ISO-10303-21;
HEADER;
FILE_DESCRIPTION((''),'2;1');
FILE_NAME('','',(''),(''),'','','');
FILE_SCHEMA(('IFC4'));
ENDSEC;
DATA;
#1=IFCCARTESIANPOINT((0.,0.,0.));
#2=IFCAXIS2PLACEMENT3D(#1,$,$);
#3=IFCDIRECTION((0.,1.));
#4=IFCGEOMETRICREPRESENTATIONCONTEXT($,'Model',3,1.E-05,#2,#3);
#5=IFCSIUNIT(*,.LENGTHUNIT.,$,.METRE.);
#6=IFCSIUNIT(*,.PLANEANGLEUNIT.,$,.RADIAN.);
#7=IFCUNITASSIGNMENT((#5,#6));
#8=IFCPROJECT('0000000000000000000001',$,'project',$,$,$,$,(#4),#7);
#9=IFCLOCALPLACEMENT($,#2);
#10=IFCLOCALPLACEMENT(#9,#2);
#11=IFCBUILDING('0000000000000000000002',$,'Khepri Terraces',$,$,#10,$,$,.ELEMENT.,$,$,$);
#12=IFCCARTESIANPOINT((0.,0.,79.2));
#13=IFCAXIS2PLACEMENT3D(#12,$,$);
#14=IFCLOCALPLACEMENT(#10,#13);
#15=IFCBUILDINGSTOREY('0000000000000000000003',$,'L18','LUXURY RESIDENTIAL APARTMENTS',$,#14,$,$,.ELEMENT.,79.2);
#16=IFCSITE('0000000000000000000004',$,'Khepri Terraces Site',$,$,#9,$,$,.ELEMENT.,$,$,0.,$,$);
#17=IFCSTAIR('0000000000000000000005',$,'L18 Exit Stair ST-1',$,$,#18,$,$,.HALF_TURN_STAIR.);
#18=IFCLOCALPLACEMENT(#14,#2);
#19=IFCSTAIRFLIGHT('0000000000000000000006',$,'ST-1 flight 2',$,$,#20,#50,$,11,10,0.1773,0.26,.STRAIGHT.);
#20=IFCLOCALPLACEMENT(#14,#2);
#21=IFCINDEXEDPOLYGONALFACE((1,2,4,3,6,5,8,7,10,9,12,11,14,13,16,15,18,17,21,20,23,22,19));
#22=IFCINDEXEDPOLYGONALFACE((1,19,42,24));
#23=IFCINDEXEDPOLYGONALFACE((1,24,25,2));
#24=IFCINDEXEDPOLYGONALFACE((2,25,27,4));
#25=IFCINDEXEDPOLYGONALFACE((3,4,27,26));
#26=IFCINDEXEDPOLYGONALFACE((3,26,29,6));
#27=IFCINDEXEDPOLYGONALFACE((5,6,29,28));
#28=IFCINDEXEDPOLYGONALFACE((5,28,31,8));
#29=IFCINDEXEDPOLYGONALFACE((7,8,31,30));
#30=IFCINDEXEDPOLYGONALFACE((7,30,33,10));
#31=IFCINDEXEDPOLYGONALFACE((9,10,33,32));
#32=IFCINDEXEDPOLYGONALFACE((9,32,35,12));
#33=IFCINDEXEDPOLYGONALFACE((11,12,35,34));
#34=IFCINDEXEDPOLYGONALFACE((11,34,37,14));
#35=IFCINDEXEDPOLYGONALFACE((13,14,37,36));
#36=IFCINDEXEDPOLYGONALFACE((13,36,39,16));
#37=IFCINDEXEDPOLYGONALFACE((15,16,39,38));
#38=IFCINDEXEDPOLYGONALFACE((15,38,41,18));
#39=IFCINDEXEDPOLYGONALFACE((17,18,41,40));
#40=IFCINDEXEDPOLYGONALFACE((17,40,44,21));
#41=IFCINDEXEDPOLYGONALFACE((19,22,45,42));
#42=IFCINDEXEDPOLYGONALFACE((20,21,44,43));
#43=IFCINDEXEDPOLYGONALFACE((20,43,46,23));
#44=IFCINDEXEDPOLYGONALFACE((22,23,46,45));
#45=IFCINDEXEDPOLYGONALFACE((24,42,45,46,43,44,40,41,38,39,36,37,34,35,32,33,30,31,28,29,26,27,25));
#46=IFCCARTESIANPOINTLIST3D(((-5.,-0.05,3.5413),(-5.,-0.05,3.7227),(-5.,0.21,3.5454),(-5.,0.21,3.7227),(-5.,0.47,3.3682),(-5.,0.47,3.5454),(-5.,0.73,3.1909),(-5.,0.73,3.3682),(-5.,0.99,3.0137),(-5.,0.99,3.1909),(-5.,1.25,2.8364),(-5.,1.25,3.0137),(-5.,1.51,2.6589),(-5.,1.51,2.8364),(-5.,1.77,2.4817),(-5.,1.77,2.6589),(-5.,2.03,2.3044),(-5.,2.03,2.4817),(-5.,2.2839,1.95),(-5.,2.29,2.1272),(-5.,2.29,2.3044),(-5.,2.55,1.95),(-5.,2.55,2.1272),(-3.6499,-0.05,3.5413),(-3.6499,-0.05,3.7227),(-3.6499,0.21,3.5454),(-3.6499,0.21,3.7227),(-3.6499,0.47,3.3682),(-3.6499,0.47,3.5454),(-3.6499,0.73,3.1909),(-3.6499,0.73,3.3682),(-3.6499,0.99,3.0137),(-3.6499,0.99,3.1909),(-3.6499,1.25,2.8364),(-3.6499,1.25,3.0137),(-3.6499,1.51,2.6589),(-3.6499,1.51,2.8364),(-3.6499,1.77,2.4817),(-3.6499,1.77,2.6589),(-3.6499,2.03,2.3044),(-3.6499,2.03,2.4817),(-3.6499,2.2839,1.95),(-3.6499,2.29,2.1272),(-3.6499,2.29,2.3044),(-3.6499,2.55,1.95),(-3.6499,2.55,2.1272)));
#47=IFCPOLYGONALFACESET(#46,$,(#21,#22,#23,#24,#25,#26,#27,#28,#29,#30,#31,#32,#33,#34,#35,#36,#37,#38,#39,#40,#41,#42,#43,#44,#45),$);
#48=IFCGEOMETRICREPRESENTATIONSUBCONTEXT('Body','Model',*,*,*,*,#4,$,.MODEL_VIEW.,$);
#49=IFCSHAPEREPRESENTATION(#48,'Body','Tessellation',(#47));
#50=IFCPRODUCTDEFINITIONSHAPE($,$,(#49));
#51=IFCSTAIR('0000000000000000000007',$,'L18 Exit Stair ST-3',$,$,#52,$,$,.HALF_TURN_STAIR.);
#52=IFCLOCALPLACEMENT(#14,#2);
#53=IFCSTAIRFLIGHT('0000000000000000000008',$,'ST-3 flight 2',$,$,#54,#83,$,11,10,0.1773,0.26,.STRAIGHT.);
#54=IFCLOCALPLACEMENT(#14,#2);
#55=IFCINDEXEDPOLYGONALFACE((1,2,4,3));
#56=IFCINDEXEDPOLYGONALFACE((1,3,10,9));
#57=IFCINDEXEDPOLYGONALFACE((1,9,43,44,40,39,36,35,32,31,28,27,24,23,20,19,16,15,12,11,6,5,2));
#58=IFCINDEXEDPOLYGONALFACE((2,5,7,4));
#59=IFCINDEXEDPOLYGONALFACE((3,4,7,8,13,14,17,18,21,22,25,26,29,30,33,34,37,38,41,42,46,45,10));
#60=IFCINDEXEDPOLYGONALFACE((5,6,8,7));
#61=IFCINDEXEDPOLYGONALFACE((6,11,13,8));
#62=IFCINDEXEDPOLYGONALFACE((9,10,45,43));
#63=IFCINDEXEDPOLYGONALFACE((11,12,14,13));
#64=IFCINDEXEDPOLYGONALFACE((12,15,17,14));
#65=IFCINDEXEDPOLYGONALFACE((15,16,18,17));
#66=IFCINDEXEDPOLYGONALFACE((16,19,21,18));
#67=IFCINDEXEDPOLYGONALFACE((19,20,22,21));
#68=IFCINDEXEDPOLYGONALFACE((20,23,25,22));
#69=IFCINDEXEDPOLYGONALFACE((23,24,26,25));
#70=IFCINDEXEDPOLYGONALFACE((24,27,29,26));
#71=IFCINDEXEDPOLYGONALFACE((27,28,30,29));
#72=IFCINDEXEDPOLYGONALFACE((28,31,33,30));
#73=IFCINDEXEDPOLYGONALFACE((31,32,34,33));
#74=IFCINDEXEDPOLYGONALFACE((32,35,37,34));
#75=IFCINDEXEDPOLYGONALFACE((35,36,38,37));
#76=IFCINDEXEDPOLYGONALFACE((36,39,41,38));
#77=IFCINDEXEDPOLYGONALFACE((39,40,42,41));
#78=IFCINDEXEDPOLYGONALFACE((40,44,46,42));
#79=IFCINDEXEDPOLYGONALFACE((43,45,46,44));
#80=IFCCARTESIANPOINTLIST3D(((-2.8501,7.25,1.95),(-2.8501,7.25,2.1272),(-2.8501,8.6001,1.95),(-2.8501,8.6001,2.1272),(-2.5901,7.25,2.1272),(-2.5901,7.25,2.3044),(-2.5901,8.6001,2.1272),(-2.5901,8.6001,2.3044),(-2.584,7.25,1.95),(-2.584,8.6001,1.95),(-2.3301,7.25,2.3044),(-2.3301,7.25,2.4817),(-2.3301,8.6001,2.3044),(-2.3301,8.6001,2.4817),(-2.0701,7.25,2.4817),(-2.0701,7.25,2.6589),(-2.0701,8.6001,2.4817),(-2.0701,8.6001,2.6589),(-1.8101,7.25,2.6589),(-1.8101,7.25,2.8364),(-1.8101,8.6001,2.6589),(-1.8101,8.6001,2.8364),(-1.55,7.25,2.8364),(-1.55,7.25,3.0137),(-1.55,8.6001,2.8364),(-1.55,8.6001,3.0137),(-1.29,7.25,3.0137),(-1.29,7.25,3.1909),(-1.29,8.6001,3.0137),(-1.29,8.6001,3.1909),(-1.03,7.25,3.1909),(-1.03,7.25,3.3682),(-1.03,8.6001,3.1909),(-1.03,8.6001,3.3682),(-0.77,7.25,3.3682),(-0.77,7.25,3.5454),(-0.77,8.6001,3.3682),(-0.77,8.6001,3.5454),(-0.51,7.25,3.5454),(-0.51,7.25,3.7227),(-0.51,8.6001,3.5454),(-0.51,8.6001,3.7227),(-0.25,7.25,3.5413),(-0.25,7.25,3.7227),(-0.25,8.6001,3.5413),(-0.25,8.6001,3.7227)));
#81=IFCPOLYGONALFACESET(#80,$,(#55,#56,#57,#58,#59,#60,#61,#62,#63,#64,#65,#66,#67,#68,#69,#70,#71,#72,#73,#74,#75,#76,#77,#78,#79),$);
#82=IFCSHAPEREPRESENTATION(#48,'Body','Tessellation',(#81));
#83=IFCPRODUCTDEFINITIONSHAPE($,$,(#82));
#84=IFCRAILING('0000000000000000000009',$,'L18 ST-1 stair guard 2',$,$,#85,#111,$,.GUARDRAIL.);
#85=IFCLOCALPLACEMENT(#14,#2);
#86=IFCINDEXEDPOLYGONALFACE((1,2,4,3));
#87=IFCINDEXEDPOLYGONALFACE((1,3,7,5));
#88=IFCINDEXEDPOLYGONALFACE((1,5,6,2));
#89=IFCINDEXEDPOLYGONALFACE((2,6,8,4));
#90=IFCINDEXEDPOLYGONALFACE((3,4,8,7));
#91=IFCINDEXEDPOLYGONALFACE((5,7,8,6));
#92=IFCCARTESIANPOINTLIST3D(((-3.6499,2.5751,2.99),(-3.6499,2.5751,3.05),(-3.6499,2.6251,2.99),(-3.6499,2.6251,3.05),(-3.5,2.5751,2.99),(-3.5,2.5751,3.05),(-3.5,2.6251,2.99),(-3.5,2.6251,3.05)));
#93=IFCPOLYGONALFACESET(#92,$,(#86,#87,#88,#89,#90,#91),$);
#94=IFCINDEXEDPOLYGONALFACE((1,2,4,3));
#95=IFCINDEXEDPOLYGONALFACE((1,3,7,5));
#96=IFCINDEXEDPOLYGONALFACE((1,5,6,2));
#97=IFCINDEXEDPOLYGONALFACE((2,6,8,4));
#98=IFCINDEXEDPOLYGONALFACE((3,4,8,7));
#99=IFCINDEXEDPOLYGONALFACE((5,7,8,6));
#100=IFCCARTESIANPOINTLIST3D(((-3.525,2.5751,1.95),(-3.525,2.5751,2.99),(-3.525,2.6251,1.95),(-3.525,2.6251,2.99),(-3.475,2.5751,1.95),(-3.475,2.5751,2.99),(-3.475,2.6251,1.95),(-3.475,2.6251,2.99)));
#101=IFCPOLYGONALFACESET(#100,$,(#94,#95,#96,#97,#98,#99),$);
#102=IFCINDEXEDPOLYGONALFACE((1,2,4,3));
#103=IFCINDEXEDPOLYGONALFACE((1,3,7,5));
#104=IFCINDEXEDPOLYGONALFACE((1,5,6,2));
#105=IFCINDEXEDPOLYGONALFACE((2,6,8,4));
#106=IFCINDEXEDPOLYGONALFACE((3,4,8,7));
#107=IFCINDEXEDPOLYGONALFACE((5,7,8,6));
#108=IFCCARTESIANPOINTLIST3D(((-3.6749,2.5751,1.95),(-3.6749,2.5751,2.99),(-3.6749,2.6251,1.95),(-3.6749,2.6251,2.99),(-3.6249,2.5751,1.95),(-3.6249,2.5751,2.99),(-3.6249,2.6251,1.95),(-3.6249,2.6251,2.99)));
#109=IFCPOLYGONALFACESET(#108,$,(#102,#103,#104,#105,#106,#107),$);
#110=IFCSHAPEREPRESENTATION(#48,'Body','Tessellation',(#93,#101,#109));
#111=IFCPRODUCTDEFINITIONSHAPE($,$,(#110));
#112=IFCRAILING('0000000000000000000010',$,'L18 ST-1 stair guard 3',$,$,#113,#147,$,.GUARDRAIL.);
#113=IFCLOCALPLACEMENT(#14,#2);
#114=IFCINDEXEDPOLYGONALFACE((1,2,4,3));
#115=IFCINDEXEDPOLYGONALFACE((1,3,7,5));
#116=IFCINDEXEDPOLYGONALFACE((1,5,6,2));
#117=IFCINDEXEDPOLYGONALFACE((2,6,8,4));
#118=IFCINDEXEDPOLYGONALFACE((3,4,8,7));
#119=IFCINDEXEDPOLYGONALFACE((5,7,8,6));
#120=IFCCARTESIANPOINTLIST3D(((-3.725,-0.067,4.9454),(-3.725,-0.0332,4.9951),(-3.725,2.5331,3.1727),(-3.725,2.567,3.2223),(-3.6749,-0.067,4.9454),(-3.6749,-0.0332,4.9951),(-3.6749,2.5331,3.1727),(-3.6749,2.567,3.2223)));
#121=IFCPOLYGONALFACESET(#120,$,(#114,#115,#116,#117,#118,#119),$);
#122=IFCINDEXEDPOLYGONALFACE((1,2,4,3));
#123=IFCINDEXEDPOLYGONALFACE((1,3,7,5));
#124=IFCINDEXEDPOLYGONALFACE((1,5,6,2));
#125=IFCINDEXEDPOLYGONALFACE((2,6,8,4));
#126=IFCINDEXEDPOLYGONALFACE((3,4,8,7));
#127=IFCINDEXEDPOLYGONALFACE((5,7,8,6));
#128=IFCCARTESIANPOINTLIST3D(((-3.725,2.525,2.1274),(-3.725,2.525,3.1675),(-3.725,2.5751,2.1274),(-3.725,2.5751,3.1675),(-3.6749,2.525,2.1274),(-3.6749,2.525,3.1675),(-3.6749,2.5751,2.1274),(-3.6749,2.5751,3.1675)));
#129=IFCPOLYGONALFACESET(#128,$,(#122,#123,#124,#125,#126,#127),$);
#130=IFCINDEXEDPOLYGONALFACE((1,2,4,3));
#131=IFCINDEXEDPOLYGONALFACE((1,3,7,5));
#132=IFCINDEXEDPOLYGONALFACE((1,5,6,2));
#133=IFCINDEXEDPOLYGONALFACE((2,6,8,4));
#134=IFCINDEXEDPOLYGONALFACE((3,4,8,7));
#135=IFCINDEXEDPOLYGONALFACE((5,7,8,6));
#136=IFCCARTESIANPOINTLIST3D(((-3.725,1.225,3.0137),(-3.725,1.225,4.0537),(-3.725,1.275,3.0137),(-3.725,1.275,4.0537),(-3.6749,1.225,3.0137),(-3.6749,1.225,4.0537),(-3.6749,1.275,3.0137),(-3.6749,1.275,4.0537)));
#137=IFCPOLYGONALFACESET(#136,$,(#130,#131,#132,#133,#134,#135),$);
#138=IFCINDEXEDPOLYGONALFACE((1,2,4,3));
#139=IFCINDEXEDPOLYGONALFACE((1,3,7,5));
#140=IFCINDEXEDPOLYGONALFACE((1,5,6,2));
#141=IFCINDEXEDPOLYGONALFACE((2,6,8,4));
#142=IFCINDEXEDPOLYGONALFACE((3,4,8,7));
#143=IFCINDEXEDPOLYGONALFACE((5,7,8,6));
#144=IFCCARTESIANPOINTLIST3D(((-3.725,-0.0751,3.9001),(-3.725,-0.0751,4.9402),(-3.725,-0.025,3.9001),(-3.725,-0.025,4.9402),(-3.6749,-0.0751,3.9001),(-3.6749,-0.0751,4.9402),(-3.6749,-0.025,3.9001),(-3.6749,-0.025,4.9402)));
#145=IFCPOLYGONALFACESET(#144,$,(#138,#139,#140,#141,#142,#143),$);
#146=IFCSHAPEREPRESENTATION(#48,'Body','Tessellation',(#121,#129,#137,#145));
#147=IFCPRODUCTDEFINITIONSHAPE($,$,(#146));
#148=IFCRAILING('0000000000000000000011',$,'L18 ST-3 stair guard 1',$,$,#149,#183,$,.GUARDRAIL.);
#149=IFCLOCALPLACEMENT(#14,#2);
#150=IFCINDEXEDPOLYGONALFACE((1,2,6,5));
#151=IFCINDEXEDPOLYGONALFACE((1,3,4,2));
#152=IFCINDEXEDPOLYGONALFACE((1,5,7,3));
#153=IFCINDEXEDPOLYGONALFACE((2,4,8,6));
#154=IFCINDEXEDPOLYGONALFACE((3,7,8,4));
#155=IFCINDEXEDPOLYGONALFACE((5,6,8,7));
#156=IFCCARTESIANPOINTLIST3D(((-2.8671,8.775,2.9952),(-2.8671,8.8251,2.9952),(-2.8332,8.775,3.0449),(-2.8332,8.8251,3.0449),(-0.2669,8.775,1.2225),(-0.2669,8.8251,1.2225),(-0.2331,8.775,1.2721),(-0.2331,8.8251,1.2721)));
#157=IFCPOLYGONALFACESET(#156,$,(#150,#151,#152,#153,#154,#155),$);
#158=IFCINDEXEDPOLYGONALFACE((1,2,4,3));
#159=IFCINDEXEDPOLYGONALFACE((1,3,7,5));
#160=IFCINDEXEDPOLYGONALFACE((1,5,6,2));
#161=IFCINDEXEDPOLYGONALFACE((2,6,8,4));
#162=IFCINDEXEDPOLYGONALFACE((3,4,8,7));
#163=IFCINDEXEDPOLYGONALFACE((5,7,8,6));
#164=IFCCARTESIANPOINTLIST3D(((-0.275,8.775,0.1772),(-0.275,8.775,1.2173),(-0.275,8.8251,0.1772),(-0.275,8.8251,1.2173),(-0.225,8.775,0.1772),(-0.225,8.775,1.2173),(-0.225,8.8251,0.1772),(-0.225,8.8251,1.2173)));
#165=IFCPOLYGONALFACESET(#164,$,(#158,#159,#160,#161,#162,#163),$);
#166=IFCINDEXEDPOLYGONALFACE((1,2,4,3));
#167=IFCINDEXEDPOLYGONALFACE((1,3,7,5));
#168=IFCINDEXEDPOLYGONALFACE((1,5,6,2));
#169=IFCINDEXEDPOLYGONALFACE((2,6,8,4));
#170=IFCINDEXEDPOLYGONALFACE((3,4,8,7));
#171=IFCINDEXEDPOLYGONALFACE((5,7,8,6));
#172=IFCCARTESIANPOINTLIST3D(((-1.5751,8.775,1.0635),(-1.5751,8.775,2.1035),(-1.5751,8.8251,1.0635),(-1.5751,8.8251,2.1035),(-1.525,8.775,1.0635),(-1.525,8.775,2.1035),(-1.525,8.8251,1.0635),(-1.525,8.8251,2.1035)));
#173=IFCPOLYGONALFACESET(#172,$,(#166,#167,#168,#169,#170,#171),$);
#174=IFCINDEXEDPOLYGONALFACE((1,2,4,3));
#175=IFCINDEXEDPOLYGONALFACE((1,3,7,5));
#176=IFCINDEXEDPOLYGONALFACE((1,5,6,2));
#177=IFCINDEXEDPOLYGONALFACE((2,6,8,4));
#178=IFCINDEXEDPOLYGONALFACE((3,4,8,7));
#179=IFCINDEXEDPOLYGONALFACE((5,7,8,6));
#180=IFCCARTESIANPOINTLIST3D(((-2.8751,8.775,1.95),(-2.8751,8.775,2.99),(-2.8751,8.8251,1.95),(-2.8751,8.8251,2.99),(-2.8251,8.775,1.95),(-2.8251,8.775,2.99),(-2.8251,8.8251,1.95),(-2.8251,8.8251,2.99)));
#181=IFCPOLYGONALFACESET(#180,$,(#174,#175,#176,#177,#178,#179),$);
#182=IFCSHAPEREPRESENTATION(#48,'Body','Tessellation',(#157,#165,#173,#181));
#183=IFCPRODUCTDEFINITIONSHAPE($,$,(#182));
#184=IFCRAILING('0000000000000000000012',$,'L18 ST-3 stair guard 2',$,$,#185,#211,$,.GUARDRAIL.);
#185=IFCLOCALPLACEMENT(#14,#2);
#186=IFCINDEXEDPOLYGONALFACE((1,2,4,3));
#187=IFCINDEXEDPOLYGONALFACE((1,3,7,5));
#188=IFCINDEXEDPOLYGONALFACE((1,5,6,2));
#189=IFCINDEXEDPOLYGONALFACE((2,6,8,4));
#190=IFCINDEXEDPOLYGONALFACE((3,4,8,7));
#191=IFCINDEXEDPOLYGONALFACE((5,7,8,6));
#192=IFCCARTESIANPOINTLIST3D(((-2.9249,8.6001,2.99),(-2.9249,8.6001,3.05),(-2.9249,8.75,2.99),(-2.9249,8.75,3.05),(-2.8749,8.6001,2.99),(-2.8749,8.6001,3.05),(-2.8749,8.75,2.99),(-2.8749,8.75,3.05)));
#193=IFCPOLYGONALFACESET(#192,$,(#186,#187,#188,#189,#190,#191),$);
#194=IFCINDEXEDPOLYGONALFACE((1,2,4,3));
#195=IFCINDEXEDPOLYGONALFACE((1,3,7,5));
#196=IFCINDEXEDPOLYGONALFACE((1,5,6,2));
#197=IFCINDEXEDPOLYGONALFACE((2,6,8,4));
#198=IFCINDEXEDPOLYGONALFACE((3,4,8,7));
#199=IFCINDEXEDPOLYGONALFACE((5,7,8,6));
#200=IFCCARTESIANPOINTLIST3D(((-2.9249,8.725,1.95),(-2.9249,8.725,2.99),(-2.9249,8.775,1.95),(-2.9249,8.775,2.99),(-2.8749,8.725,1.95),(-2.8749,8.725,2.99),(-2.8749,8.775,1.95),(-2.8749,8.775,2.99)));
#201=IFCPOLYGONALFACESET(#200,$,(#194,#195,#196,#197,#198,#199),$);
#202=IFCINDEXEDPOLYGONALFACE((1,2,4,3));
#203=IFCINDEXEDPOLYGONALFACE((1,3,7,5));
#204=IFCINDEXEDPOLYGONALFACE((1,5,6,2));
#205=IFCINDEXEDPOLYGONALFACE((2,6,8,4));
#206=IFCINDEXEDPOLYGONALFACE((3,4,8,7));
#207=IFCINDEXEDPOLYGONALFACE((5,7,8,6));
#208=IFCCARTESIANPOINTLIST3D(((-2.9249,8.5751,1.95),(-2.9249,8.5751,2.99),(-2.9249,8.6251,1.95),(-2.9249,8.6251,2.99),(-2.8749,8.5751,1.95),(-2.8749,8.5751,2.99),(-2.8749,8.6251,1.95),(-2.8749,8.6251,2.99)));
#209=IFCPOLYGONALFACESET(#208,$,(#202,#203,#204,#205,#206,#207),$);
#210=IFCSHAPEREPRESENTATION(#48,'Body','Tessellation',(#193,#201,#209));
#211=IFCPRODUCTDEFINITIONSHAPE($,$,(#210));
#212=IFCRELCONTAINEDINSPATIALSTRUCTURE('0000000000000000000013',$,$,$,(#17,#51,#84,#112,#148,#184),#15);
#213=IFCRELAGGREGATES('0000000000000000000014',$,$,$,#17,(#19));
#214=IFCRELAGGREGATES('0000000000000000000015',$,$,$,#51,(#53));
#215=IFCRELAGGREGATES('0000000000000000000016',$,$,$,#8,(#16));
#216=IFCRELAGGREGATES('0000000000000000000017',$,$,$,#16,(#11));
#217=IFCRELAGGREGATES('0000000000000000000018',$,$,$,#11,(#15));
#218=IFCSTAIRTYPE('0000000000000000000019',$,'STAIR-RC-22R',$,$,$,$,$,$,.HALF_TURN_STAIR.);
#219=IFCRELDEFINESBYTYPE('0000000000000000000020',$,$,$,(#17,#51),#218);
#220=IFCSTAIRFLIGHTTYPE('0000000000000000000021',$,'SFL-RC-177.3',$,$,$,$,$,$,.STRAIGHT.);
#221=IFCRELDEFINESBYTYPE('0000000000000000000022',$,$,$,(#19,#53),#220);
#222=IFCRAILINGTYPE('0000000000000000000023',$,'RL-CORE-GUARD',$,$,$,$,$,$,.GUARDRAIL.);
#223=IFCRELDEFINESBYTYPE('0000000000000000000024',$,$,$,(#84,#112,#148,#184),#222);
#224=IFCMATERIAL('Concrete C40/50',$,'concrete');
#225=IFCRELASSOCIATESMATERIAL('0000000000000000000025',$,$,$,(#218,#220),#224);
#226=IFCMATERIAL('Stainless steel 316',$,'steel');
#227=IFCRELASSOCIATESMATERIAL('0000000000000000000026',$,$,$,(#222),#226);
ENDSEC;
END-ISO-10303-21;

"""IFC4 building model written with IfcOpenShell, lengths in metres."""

from ifc_helpers import new_model, si_unit, direction, frame, origin, origin_2d, place, context, subcontext, project, spatial, polyline, rectangle, outline, extrude, material, type_object, element, aggregate, save


model = new_model("IFC4")

# Units and contexts
model_context = context("Model", 3, precision=1e-05, world=origin(), true_north=direction((0.0, 1.0)))
body_context = subcontext(model_context, "Body", "Model", "MODEL_VIEW")
ifc_project = project(units=[si_unit("LENGTHUNIT", "METRE"), si_unit("PLANEANGLEUNIT", "RADIAN")], contexts=[model_context])

# Site, building, storey
site_placement = place(None, origin())
site = spatial("IfcSite", under=ifc_project, at=site_placement, Name="Khepri Terraces Site", CompositionType="ELEMENT", RefElevation=0.0)
building_placement = place(site_placement, origin())
building = spatial("IfcBuilding", under=site, at=building_placement, Name="Khepri Terraces", CompositionType="ELEMENT")
storey_placement = place(building_placement, frame((0.0, 0.0, 79.2)))
storey = spatial("IfcBuildingStorey", under=building, at=storey_placement, Name="L18", Description="LUXURY RESIDENTIAL APARTMENTS", CompositionType="ELEMENT", Elevation=79.2)

# Stairs, stair flights
ifc_material_1 = material(Name="Concrete C40/50", Category="concrete")
stair_type = type_object("IfcStairType", Name="STAIR-RC-22R", PredefinedType="HALF_TURN_STAIR", material=ifc_material_1)
stair_1_placement = place(storey_placement, origin())
stair_1 = element("IfcStair", 1, at=stair_1_placement, inside=storey, type_object=stair_type, Name="L18 Exit Stair ST-1", PredefinedType="HALF_TURN_STAIR")
stair_flight_type = type_object("IfcStairFlightType", Name="SFL-RC-177.3", PredefinedType="STRAIGHT", material=ifc_material_1)
stair_flight_1_placement = place(storey_placement, frame((-4.325, 2.55, 1.95), z_axis=(0.0, 0.0, 1.0), x_axis=(0.0, -1.0, 0.0)))
stair_flight_1 = element("IfcStairFlight", 2, at=stair_flight_1_placement, type_object=stair_flight_type, Name="ST-1 flight 2", NumberOfRisers=11, NumberOfTreads=10, PredefinedType="STRAIGHT", RiserHeight=0.1773, TreadLength=0.26, context=body_context, shape_type="SweptSolid", body=[
    extrude(outline(polyline([(0.0, 0.0), (0.0, 0.1772), (0.26, 0.1772), (0.26, 0.3545), (0.52, 0.3545), (0.52, 0.5317), (0.78, 0.5317), (0.78, 0.709), (1.04, 0.709), (1.04, 0.8865), (1.3, 0.8865), (1.3, 1.0637), (1.5601, 1.0637), (1.5601, 1.241), (1.8201, 1.241), (1.8201, 1.4182), (2.0801, 1.4182), (2.0801, 1.5955), (2.3401, 1.5955), (2.3401, 1.7727), (2.6001, 1.7727), (2.6001, 1.95), (2.6001, 1.5913), (0.2661, 0.0), (0.0, 0.0)])), frame((0.0, 0.675, 0.0), z_axis=(0.0, -1.0, 0.0), x_axis=(1.0, 0.0, 0.0)), (0.0, 0.0, 1.0), 1.3501),
])
aggregate(stair_1, [stair_flight_1])
stair_2_placement = place(storey_placement, origin())
stair_2 = element("IfcStair", 3, at=stair_2_placement, inside=storey, type_object=stair_type, Name="L18 Exit Stair ST-3", PredefinedType="HALF_TURN_STAIR")
stair_flight_2_placement = place(storey_placement, frame((-2.8501, 7.925, 1.95), z_axis=(0.0, 0.0, 1.0), x_axis=(1.0, 0.0, 0.0)))
stair_flight_2 = element("IfcStairFlight", 4, at=stair_flight_2_placement, type_object=stair_flight_type, Name="ST-3 flight 2", NumberOfRisers=11, NumberOfTreads=10, PredefinedType="STRAIGHT", RiserHeight=0.1773, TreadLength=0.26, context=body_context, shape_type="SweptSolid", body=[
    extrude(outline(polyline([(0.0, 0.0), (0.0, 0.1772), (0.26, 0.1772), (0.26, 0.3545), (0.52, 0.3545), (0.52, 0.5317), (0.78, 0.5317), (0.78, 0.709), (1.04, 0.709), (1.04, 0.8865), (1.3, 0.8865), (1.3, 1.0637), (1.5601, 1.0637), (1.5601, 1.241), (1.8201, 1.241), (1.8201, 1.4182), (2.0801, 1.4182), (2.0801, 1.5955), (2.3401, 1.5955), (2.3401, 1.7727), (2.6001, 1.7727), (2.6001, 1.95), (2.6001, 1.5913), (0.2661, 0.0), (0.0, 0.0)])), frame((0.0, 0.675, 0.0), z_axis=(0.0, -1.0, 0.0), x_axis=(1.0, 0.0, 0.0)), (0.0, 0.0, 1.0), 1.3501),
])
aggregate(stair_2, [stair_flight_2])

# Railings
ifc_material_2 = material(Name="Stainless steel 316", Category="steel")
railing_type_1 = type_object("IfcRailingType", Name="RL-CORE-GUARD", PredefinedType="GUARDRAIL", material=ifc_material_2)
railing_1_placement = place(storey_placement, frame((-3.5, 2.6001, 1.95)))
element("IfcRailing", 5, at=railing_1_placement, inside=storey, type_object=railing_type_1, Name="L18 ST-1 stair guard 2", PredefinedType="GUARDRAIL", context=body_context, shape_type="SweptSolid", body=[
    extrude(rectangle(XDim=0.05, YDim=0.0601, at=origin_2d()), frame((0.0, 0.0, 1.0701), z_axis=(-1.0, 0.0, 0.0), x_axis=(0.0, -1.0, 0.0)), (0.0, 0.0, 1.0), 0.1499),
    extrude(rectangle(XDim=0.05, YDim=0.05, at=origin_2d()), origin(), (0.0, 0.0, 1.0), 1.04),
    extrude(rectangle(XDim=0.05, YDim=0.05, at=origin_2d()), frame((-0.1499, 0.0, 0.0)), (0.0, 0.0, 1.0), 1.04),
])
railing_2_placement = place(storey_placement, frame((-3.7, 2.55, 2.1274)))
element("IfcRailing", 6, at=railing_2_placement, inside=storey, type_object=railing_type_1, Name="L18 ST-1 stair guard 3", PredefinedType="GUARDRAIL", context=body_context, shape_type="SweptSolid", body=[
    extrude(rectangle(XDim=0.05, YDim=0.0601, at=origin_2d()), frame((0.0, 0.0, 1.0701), z_axis=(0.0, -0.82624, 0.563318), x_axis=(1.0, 0.0, 0.0)), (0.0, 0.0, 1.0), 3.147),
    extrude(rectangle(XDim=0.05, YDim=0.05, at=origin_2d()), origin(), (0.0, 0.0, 1.0), 1.04),
    extrude(rectangle(XDim=0.05, YDim=0.05, at=origin_2d()), frame((0.0, -1.3, 0.8862)), (0.0, 0.0, 1.0), 1.04),
    extrude(rectangle(XDim=0.05, YDim=0.05, at=origin_2d()), frame((0.0, -2.6001, 1.7727)), (0.0, 0.0, 1.0), 1.04),
])
railing_3_placement = place(storey_placement, frame((-0.25, 8.8, 0.1772)))
element("IfcRailing", 7, at=railing_3_placement, inside=storey, type_object=railing_type_1, Name="L18 ST-3 stair guard 1", PredefinedType="GUARDRAIL", context=body_context, shape_type="SweptSolid", body=[
    extrude(rectangle(XDim=0.05, YDim=0.0601, at=origin_2d()), frame((0.0, 0.0, 1.0701), z_axis=(-0.82624, 0.0, 0.563318), x_axis=(0.0, -1.0, 0.0)), (0.0, 0.0, 1.0), 3.147),
    extrude(rectangle(XDim=0.05, YDim=0.05, at=origin_2d()), origin(), (0.0, 0.0, 1.0), 1.04),
    extrude(rectangle(XDim=0.05, YDim=0.05, at=origin_2d()), frame((-1.3, 0.0, 0.8862)), (0.0, 0.0, 1.0), 1.04),
    extrude(rectangle(XDim=0.05, YDim=0.05, at=origin_2d()), frame((-2.6001, 0.0, 1.7727)), (0.0, 0.0, 1.0), 1.04),
])
railing_4_placement = place(storey_placement, frame((-2.8999, 8.75, 1.95)))
element("IfcRailing", 8, at=railing_4_placement, inside=storey, type_object=railing_type_1, Name="L18 ST-3 stair guard 2", PredefinedType="GUARDRAIL", context=body_context, shape_type="SweptSolid", body=[
    extrude(rectangle(XDim=0.05, YDim=0.0601, at=origin_2d()), frame((0.0, 0.0, 1.0701), z_axis=(0.0, -1.0, 0.0), x_axis=(1.0, 0.0, 0.0)), (0.0, 0.0, 1.0), 0.1499),
    extrude(rectangle(XDim=0.05, YDim=0.05, at=origin_2d()), origin(), (0.0, 0.0, 1.0), 1.04),
    extrude(rectangle(XDim=0.05, YDim=0.05, at=origin_2d()), frame((0.0, -0.1499, 0.0)), (0.0, 0.0, 1.0), 1.04),
])

save(model, "model.ifc")
